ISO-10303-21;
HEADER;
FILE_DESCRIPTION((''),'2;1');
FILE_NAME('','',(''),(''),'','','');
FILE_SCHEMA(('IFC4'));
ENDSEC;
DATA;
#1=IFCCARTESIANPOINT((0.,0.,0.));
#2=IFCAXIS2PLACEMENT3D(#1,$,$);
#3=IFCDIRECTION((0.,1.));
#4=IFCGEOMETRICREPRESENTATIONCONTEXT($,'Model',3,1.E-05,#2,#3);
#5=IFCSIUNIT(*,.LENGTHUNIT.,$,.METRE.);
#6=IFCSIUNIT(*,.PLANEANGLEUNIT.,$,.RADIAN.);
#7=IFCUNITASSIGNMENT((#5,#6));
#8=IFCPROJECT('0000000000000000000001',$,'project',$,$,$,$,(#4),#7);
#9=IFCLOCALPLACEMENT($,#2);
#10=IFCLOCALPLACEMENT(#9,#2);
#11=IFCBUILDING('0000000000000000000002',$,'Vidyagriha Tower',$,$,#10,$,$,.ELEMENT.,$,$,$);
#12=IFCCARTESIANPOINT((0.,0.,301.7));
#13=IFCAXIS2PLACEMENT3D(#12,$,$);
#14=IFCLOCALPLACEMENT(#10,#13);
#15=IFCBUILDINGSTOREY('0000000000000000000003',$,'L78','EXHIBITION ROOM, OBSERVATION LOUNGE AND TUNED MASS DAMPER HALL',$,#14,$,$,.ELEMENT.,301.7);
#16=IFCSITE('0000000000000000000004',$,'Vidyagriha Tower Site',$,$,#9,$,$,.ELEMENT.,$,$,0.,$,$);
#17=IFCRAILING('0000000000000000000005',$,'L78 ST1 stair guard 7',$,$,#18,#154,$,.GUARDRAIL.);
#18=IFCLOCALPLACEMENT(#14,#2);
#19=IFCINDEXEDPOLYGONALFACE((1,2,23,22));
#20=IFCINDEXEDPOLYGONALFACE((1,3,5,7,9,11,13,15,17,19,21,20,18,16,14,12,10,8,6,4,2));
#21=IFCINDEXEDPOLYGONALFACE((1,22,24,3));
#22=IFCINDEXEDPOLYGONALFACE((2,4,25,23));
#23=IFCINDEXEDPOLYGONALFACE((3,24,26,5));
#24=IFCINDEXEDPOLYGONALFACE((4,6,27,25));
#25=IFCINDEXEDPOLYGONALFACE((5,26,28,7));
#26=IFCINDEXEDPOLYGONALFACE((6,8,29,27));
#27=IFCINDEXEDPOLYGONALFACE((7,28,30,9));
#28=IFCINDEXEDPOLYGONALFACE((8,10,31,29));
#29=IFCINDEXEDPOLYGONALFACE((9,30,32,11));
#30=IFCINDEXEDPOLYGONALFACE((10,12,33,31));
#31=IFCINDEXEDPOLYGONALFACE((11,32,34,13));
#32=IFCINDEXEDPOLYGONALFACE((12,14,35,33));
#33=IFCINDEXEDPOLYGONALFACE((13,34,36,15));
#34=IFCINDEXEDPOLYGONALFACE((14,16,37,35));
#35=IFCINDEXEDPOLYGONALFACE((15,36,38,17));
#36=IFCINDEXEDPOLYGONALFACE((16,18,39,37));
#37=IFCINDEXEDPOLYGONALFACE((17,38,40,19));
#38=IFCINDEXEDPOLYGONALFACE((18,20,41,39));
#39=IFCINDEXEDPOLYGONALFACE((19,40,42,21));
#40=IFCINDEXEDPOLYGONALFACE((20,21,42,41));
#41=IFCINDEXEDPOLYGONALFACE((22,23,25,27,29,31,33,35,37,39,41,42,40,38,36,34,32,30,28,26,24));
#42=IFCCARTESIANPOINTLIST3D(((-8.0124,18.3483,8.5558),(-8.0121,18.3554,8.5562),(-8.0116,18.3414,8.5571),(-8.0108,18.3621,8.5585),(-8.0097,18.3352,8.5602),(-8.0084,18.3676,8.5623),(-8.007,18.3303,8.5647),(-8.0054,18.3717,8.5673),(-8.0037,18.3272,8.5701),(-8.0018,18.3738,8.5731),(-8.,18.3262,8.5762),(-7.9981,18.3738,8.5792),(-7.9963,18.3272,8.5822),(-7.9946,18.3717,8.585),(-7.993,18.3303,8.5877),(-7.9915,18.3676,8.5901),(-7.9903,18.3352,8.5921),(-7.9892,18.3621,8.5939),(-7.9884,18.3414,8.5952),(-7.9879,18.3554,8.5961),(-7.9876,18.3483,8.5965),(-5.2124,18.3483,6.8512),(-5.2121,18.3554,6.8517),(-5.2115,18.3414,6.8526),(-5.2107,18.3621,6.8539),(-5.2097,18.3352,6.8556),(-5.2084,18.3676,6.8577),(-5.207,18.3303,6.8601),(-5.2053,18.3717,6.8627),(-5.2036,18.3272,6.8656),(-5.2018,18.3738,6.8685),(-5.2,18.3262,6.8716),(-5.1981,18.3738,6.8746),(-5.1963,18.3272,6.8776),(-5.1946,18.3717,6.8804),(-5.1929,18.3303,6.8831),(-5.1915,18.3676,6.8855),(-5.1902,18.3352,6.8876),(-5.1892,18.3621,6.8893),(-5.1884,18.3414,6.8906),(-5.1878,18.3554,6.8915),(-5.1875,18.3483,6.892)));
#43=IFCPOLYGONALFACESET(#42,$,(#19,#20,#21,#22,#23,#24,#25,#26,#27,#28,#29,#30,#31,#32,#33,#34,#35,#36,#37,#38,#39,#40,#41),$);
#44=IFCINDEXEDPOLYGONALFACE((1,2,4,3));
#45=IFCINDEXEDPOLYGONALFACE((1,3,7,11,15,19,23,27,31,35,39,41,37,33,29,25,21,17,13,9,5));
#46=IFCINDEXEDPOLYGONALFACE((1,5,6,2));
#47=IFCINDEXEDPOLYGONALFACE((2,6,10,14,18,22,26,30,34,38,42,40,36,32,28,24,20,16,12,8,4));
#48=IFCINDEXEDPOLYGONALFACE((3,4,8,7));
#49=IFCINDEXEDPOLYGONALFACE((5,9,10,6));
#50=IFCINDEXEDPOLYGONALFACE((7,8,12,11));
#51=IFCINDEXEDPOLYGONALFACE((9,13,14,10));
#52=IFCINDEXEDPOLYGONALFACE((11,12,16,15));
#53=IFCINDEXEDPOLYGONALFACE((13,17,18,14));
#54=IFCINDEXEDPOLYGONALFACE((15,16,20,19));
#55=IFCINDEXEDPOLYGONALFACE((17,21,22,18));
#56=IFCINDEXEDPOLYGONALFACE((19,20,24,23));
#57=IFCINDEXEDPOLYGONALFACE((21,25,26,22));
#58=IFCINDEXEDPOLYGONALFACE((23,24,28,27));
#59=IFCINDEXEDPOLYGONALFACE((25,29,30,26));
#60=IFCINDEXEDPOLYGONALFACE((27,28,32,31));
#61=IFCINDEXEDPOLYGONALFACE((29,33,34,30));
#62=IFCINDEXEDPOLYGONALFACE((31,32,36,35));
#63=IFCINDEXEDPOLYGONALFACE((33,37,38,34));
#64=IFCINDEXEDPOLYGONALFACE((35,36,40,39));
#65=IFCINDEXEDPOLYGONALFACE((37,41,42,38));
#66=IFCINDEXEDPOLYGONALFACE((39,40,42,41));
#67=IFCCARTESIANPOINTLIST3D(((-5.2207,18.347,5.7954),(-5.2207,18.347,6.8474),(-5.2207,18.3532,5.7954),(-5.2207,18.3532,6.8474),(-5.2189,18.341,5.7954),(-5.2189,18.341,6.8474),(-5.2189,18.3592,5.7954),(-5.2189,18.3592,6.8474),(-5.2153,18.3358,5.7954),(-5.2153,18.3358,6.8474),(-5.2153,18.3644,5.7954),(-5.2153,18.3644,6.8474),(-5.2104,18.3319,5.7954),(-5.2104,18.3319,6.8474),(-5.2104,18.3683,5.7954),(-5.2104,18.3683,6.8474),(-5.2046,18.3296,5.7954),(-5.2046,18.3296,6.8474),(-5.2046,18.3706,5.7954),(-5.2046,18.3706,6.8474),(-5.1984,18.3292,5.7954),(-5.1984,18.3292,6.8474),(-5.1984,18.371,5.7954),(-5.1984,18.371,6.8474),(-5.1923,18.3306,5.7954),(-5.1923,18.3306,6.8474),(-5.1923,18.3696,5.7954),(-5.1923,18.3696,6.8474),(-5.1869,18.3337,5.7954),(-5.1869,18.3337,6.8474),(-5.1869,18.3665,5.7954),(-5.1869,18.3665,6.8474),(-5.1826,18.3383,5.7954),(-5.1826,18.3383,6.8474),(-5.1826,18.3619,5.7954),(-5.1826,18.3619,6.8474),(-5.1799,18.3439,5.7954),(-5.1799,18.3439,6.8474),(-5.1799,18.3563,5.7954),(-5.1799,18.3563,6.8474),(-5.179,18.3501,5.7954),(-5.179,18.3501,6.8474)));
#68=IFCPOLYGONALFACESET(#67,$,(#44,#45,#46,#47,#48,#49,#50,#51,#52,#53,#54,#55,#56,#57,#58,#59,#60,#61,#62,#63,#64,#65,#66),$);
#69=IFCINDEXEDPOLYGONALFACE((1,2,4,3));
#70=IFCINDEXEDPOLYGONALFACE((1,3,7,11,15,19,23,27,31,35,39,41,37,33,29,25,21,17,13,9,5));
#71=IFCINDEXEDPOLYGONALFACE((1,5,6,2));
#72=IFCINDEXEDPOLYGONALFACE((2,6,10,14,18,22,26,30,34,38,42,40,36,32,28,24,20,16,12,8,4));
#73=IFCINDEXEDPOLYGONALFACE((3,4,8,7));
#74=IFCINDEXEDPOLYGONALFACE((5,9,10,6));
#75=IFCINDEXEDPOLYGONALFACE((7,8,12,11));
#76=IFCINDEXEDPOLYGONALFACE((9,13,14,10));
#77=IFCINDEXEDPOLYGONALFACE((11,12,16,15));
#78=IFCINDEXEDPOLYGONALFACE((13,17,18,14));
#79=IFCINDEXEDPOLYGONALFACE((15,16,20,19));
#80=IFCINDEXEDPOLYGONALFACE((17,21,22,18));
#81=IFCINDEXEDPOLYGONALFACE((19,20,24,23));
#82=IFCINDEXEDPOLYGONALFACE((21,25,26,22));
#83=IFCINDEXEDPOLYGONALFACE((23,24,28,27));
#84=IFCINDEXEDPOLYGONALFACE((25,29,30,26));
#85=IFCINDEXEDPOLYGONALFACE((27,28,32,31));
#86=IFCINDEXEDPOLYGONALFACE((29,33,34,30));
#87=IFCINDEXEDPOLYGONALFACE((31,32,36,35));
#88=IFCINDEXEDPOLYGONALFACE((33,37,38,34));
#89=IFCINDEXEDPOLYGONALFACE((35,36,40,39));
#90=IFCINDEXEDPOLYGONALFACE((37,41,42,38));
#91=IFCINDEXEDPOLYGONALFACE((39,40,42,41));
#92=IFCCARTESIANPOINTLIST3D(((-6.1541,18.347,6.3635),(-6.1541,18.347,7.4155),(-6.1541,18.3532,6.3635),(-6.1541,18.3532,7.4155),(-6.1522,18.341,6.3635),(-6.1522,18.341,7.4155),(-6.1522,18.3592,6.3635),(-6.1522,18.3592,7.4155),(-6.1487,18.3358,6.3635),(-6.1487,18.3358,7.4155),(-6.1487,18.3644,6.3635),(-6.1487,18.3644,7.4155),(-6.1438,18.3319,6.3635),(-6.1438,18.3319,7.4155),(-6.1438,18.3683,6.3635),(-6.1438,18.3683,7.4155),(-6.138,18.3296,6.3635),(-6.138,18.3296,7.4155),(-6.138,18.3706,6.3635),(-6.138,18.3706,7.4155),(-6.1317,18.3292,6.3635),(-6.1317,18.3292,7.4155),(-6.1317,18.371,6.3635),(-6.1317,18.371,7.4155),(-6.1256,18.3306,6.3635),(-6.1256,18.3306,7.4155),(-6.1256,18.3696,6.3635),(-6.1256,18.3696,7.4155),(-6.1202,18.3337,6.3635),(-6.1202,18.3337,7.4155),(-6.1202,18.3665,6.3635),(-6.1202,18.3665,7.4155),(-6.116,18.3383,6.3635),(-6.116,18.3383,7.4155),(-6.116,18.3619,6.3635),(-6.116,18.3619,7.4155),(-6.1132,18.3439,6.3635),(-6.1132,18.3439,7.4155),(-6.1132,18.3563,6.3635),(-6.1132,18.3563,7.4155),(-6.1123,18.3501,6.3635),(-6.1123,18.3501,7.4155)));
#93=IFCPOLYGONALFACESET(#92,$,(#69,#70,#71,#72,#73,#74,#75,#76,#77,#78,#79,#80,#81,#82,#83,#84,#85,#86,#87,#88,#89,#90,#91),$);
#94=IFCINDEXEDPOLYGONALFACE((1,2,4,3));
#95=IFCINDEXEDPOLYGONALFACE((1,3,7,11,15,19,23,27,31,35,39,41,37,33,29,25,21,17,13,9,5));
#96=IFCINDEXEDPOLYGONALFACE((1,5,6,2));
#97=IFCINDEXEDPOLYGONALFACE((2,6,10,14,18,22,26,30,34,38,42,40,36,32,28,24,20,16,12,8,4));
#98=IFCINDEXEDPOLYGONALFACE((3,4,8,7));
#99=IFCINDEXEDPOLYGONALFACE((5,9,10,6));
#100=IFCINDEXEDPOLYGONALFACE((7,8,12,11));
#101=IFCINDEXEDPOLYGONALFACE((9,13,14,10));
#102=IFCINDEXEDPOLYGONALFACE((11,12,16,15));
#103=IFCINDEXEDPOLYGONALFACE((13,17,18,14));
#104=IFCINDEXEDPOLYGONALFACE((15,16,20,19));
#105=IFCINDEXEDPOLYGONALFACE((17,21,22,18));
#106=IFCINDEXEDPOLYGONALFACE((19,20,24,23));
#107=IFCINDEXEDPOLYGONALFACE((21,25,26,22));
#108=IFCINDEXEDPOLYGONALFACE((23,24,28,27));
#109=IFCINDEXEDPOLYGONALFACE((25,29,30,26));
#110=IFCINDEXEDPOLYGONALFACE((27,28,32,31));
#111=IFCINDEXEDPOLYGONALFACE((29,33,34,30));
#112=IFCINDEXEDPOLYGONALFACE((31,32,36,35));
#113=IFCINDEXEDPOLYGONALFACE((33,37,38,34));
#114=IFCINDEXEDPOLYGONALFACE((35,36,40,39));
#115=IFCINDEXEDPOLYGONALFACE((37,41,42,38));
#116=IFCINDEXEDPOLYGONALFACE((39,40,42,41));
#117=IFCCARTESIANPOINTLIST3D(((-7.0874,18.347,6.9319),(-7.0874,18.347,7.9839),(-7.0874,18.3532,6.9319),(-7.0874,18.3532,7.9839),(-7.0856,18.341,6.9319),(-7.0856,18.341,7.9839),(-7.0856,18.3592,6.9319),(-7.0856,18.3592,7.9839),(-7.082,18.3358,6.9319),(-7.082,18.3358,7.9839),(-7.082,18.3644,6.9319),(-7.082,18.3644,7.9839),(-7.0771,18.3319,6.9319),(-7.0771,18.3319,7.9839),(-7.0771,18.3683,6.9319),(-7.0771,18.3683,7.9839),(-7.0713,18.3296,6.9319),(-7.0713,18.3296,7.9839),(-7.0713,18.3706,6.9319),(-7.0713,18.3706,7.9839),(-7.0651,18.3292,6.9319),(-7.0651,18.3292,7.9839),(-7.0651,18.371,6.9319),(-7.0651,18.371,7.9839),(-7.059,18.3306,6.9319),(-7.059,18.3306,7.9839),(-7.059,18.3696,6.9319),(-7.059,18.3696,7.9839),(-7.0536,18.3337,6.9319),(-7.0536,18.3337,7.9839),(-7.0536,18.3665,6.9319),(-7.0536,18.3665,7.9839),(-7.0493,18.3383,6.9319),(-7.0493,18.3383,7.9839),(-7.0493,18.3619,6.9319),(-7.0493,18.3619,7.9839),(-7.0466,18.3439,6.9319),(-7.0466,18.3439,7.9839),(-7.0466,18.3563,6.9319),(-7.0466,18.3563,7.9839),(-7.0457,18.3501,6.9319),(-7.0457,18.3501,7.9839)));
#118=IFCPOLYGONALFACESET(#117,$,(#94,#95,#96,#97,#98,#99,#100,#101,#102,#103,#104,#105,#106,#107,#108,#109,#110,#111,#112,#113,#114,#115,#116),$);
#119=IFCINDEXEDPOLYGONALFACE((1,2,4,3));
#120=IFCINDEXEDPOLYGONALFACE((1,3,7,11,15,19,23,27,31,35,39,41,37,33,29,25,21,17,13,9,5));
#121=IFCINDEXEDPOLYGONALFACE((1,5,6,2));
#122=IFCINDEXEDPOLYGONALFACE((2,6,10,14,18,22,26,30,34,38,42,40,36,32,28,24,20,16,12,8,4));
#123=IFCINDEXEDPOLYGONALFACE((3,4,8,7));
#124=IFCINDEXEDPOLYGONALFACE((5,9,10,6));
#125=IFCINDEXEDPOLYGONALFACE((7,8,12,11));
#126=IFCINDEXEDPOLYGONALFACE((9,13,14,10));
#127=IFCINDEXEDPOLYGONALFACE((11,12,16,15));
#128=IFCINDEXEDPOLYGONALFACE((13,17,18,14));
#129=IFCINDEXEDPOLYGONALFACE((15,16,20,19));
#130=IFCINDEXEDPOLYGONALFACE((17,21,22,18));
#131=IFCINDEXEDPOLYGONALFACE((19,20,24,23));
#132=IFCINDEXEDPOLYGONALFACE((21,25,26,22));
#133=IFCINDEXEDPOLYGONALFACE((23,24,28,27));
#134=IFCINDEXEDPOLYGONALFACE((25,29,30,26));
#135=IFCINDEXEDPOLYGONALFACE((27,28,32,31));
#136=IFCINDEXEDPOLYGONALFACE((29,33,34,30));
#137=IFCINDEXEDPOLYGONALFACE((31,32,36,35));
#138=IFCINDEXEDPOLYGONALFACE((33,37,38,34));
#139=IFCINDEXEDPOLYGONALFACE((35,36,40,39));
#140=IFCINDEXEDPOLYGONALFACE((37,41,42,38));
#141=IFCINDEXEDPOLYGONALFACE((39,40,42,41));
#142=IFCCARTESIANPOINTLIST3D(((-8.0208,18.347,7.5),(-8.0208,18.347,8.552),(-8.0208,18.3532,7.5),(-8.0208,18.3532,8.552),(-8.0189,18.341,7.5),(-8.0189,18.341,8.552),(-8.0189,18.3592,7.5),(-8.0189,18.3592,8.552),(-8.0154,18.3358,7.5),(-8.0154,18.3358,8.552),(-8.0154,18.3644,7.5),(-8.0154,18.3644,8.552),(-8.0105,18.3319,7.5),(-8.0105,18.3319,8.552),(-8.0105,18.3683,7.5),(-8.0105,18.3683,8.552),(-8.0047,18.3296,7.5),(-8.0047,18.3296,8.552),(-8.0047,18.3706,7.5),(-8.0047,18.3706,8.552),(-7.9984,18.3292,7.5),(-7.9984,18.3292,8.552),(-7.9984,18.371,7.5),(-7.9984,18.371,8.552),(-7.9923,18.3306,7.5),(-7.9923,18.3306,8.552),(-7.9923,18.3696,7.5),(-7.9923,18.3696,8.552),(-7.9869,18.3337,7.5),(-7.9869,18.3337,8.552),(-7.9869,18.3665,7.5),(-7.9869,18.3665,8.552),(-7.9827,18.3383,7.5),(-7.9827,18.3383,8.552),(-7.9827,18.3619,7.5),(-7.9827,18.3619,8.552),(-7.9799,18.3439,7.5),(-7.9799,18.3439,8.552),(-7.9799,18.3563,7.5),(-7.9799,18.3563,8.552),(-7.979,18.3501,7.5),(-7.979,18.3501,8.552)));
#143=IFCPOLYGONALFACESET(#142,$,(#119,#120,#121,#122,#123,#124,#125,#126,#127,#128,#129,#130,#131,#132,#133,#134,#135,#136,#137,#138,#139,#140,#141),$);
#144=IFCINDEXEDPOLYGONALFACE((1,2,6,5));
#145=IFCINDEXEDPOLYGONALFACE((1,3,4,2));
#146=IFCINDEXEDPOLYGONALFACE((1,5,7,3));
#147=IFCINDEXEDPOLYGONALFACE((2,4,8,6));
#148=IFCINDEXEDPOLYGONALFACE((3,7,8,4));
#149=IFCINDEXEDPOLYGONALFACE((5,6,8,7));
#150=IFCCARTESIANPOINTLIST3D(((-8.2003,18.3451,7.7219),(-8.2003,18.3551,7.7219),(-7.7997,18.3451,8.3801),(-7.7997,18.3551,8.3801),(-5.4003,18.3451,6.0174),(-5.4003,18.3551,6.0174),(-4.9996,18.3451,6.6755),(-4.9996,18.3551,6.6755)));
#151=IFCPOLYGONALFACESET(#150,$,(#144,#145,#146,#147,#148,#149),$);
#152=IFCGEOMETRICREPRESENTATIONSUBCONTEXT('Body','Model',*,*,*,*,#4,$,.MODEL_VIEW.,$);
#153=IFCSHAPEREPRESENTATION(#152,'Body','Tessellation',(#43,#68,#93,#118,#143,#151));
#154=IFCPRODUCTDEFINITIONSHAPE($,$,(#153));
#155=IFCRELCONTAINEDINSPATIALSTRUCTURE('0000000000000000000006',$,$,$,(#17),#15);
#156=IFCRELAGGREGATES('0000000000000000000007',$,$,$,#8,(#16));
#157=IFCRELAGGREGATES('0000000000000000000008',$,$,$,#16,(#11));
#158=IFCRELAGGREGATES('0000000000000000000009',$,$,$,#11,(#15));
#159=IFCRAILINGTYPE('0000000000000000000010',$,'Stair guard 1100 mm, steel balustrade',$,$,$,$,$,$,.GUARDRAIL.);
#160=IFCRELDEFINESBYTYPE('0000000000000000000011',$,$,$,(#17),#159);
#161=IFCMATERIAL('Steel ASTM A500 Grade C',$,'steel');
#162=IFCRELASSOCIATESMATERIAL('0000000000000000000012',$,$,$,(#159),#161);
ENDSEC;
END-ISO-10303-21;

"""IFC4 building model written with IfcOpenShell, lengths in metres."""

from ifc_helpers import new_model, si_unit, direction, frame, origin, origin_2d, place, context, subcontext, project, spatial, rectangle, circle, extrude, material, type_object, element, save


model = new_model("IFC4")

# Units and contexts
model_context = context("Model", 3, precision=1e-05, world=origin(), true_north=direction((0.0, 1.0)))
body_context = subcontext(model_context, "Body", "Model", "MODEL_VIEW")
ifc_project = project(units=[si_unit("LENGTHUNIT", "METRE"), si_unit("PLANEANGLEUNIT", "RADIAN")], contexts=[model_context])

# Site, building, storey
site_placement = place(None, origin())
site = spatial("IfcSite", under=ifc_project, at=site_placement, Name="Vidyagriha Tower Site", CompositionType="ELEMENT", RefElevation=0.0)
building_placement = place(site_placement, origin())
building = spatial("IfcBuilding", under=site, at=building_placement, Name="Vidyagriha Tower", CompositionType="ELEMENT")
storey_placement = place(building_placement, frame((0.0, 0.0, 301.7)))
storey = spatial("IfcBuildingStorey", under=building, at=storey_placement, Name="L78", Description="EXHIBITION ROOM, OBSERVATION LOUNGE AND TUNED MASS DAMPER HALL", CompositionType="ELEMENT", Elevation=301.7)

# Railing
ifc_material_1 = material(Name="Steel ASTM A500 Grade C", Category="steel")
railing_type_1 = type_object("IfcRailingType", Name="Stair guard 1100 mm, steel balustrade", PredefinedType="GUARDRAIL", material=ifc_material_1)
railing_1_placement = place(storey_placement, frame((-5.2, 18.3501, 5.7954)))
element("IfcRailing", 1, at=railing_1_placement, inside=storey, type_object=railing_type_1, Name="L78 ST1 stair guard 7", PredefinedType="GUARDRAIL", context=body_context, shape_type="SweptSolid", body=[
    extrude(circle(Radius=0.0239, at=origin_2d()), frame((0.0, 0.0, 1.0762), z_axis=(-0.85417, 0.0, 0.519994), x_axis=(0.0, -1.0, 0.0)), (0.0, 0.0, 1.0), 3.2781),
    extrude(circle(Radius=0.021, at=origin_2d()), origin(), (0.0, 0.0, 1.0), 1.052),
    extrude(circle(Radius=0.021, at=origin_2d()), frame((-0.9333, 0.0, 0.5681)), (0.0, 0.0, 1.0), 1.052),
    extrude(circle(Radius=0.021, at=origin_2d()), frame((-1.8667, 0.0, 1.1365)), (0.0, 0.0, 1.0), 1.052),
    extrude(circle(Radius=0.021, at=origin_2d()), frame((-2.8, 0.0, 1.7046)), (0.0, 0.0, 1.0), 1.052),
    extrude(rectangle(XDim=0.01, YDim=0.7705, at=origin_2d()), frame((0.0, 0.0, 0.551), z_axis=(-0.85417, 0.0, 0.519994), x_axis=(0.0, -1.0, 0.0)), (0.0, 0.0, 1.0), 3.2781),
])

save(model, "model.ifc")
